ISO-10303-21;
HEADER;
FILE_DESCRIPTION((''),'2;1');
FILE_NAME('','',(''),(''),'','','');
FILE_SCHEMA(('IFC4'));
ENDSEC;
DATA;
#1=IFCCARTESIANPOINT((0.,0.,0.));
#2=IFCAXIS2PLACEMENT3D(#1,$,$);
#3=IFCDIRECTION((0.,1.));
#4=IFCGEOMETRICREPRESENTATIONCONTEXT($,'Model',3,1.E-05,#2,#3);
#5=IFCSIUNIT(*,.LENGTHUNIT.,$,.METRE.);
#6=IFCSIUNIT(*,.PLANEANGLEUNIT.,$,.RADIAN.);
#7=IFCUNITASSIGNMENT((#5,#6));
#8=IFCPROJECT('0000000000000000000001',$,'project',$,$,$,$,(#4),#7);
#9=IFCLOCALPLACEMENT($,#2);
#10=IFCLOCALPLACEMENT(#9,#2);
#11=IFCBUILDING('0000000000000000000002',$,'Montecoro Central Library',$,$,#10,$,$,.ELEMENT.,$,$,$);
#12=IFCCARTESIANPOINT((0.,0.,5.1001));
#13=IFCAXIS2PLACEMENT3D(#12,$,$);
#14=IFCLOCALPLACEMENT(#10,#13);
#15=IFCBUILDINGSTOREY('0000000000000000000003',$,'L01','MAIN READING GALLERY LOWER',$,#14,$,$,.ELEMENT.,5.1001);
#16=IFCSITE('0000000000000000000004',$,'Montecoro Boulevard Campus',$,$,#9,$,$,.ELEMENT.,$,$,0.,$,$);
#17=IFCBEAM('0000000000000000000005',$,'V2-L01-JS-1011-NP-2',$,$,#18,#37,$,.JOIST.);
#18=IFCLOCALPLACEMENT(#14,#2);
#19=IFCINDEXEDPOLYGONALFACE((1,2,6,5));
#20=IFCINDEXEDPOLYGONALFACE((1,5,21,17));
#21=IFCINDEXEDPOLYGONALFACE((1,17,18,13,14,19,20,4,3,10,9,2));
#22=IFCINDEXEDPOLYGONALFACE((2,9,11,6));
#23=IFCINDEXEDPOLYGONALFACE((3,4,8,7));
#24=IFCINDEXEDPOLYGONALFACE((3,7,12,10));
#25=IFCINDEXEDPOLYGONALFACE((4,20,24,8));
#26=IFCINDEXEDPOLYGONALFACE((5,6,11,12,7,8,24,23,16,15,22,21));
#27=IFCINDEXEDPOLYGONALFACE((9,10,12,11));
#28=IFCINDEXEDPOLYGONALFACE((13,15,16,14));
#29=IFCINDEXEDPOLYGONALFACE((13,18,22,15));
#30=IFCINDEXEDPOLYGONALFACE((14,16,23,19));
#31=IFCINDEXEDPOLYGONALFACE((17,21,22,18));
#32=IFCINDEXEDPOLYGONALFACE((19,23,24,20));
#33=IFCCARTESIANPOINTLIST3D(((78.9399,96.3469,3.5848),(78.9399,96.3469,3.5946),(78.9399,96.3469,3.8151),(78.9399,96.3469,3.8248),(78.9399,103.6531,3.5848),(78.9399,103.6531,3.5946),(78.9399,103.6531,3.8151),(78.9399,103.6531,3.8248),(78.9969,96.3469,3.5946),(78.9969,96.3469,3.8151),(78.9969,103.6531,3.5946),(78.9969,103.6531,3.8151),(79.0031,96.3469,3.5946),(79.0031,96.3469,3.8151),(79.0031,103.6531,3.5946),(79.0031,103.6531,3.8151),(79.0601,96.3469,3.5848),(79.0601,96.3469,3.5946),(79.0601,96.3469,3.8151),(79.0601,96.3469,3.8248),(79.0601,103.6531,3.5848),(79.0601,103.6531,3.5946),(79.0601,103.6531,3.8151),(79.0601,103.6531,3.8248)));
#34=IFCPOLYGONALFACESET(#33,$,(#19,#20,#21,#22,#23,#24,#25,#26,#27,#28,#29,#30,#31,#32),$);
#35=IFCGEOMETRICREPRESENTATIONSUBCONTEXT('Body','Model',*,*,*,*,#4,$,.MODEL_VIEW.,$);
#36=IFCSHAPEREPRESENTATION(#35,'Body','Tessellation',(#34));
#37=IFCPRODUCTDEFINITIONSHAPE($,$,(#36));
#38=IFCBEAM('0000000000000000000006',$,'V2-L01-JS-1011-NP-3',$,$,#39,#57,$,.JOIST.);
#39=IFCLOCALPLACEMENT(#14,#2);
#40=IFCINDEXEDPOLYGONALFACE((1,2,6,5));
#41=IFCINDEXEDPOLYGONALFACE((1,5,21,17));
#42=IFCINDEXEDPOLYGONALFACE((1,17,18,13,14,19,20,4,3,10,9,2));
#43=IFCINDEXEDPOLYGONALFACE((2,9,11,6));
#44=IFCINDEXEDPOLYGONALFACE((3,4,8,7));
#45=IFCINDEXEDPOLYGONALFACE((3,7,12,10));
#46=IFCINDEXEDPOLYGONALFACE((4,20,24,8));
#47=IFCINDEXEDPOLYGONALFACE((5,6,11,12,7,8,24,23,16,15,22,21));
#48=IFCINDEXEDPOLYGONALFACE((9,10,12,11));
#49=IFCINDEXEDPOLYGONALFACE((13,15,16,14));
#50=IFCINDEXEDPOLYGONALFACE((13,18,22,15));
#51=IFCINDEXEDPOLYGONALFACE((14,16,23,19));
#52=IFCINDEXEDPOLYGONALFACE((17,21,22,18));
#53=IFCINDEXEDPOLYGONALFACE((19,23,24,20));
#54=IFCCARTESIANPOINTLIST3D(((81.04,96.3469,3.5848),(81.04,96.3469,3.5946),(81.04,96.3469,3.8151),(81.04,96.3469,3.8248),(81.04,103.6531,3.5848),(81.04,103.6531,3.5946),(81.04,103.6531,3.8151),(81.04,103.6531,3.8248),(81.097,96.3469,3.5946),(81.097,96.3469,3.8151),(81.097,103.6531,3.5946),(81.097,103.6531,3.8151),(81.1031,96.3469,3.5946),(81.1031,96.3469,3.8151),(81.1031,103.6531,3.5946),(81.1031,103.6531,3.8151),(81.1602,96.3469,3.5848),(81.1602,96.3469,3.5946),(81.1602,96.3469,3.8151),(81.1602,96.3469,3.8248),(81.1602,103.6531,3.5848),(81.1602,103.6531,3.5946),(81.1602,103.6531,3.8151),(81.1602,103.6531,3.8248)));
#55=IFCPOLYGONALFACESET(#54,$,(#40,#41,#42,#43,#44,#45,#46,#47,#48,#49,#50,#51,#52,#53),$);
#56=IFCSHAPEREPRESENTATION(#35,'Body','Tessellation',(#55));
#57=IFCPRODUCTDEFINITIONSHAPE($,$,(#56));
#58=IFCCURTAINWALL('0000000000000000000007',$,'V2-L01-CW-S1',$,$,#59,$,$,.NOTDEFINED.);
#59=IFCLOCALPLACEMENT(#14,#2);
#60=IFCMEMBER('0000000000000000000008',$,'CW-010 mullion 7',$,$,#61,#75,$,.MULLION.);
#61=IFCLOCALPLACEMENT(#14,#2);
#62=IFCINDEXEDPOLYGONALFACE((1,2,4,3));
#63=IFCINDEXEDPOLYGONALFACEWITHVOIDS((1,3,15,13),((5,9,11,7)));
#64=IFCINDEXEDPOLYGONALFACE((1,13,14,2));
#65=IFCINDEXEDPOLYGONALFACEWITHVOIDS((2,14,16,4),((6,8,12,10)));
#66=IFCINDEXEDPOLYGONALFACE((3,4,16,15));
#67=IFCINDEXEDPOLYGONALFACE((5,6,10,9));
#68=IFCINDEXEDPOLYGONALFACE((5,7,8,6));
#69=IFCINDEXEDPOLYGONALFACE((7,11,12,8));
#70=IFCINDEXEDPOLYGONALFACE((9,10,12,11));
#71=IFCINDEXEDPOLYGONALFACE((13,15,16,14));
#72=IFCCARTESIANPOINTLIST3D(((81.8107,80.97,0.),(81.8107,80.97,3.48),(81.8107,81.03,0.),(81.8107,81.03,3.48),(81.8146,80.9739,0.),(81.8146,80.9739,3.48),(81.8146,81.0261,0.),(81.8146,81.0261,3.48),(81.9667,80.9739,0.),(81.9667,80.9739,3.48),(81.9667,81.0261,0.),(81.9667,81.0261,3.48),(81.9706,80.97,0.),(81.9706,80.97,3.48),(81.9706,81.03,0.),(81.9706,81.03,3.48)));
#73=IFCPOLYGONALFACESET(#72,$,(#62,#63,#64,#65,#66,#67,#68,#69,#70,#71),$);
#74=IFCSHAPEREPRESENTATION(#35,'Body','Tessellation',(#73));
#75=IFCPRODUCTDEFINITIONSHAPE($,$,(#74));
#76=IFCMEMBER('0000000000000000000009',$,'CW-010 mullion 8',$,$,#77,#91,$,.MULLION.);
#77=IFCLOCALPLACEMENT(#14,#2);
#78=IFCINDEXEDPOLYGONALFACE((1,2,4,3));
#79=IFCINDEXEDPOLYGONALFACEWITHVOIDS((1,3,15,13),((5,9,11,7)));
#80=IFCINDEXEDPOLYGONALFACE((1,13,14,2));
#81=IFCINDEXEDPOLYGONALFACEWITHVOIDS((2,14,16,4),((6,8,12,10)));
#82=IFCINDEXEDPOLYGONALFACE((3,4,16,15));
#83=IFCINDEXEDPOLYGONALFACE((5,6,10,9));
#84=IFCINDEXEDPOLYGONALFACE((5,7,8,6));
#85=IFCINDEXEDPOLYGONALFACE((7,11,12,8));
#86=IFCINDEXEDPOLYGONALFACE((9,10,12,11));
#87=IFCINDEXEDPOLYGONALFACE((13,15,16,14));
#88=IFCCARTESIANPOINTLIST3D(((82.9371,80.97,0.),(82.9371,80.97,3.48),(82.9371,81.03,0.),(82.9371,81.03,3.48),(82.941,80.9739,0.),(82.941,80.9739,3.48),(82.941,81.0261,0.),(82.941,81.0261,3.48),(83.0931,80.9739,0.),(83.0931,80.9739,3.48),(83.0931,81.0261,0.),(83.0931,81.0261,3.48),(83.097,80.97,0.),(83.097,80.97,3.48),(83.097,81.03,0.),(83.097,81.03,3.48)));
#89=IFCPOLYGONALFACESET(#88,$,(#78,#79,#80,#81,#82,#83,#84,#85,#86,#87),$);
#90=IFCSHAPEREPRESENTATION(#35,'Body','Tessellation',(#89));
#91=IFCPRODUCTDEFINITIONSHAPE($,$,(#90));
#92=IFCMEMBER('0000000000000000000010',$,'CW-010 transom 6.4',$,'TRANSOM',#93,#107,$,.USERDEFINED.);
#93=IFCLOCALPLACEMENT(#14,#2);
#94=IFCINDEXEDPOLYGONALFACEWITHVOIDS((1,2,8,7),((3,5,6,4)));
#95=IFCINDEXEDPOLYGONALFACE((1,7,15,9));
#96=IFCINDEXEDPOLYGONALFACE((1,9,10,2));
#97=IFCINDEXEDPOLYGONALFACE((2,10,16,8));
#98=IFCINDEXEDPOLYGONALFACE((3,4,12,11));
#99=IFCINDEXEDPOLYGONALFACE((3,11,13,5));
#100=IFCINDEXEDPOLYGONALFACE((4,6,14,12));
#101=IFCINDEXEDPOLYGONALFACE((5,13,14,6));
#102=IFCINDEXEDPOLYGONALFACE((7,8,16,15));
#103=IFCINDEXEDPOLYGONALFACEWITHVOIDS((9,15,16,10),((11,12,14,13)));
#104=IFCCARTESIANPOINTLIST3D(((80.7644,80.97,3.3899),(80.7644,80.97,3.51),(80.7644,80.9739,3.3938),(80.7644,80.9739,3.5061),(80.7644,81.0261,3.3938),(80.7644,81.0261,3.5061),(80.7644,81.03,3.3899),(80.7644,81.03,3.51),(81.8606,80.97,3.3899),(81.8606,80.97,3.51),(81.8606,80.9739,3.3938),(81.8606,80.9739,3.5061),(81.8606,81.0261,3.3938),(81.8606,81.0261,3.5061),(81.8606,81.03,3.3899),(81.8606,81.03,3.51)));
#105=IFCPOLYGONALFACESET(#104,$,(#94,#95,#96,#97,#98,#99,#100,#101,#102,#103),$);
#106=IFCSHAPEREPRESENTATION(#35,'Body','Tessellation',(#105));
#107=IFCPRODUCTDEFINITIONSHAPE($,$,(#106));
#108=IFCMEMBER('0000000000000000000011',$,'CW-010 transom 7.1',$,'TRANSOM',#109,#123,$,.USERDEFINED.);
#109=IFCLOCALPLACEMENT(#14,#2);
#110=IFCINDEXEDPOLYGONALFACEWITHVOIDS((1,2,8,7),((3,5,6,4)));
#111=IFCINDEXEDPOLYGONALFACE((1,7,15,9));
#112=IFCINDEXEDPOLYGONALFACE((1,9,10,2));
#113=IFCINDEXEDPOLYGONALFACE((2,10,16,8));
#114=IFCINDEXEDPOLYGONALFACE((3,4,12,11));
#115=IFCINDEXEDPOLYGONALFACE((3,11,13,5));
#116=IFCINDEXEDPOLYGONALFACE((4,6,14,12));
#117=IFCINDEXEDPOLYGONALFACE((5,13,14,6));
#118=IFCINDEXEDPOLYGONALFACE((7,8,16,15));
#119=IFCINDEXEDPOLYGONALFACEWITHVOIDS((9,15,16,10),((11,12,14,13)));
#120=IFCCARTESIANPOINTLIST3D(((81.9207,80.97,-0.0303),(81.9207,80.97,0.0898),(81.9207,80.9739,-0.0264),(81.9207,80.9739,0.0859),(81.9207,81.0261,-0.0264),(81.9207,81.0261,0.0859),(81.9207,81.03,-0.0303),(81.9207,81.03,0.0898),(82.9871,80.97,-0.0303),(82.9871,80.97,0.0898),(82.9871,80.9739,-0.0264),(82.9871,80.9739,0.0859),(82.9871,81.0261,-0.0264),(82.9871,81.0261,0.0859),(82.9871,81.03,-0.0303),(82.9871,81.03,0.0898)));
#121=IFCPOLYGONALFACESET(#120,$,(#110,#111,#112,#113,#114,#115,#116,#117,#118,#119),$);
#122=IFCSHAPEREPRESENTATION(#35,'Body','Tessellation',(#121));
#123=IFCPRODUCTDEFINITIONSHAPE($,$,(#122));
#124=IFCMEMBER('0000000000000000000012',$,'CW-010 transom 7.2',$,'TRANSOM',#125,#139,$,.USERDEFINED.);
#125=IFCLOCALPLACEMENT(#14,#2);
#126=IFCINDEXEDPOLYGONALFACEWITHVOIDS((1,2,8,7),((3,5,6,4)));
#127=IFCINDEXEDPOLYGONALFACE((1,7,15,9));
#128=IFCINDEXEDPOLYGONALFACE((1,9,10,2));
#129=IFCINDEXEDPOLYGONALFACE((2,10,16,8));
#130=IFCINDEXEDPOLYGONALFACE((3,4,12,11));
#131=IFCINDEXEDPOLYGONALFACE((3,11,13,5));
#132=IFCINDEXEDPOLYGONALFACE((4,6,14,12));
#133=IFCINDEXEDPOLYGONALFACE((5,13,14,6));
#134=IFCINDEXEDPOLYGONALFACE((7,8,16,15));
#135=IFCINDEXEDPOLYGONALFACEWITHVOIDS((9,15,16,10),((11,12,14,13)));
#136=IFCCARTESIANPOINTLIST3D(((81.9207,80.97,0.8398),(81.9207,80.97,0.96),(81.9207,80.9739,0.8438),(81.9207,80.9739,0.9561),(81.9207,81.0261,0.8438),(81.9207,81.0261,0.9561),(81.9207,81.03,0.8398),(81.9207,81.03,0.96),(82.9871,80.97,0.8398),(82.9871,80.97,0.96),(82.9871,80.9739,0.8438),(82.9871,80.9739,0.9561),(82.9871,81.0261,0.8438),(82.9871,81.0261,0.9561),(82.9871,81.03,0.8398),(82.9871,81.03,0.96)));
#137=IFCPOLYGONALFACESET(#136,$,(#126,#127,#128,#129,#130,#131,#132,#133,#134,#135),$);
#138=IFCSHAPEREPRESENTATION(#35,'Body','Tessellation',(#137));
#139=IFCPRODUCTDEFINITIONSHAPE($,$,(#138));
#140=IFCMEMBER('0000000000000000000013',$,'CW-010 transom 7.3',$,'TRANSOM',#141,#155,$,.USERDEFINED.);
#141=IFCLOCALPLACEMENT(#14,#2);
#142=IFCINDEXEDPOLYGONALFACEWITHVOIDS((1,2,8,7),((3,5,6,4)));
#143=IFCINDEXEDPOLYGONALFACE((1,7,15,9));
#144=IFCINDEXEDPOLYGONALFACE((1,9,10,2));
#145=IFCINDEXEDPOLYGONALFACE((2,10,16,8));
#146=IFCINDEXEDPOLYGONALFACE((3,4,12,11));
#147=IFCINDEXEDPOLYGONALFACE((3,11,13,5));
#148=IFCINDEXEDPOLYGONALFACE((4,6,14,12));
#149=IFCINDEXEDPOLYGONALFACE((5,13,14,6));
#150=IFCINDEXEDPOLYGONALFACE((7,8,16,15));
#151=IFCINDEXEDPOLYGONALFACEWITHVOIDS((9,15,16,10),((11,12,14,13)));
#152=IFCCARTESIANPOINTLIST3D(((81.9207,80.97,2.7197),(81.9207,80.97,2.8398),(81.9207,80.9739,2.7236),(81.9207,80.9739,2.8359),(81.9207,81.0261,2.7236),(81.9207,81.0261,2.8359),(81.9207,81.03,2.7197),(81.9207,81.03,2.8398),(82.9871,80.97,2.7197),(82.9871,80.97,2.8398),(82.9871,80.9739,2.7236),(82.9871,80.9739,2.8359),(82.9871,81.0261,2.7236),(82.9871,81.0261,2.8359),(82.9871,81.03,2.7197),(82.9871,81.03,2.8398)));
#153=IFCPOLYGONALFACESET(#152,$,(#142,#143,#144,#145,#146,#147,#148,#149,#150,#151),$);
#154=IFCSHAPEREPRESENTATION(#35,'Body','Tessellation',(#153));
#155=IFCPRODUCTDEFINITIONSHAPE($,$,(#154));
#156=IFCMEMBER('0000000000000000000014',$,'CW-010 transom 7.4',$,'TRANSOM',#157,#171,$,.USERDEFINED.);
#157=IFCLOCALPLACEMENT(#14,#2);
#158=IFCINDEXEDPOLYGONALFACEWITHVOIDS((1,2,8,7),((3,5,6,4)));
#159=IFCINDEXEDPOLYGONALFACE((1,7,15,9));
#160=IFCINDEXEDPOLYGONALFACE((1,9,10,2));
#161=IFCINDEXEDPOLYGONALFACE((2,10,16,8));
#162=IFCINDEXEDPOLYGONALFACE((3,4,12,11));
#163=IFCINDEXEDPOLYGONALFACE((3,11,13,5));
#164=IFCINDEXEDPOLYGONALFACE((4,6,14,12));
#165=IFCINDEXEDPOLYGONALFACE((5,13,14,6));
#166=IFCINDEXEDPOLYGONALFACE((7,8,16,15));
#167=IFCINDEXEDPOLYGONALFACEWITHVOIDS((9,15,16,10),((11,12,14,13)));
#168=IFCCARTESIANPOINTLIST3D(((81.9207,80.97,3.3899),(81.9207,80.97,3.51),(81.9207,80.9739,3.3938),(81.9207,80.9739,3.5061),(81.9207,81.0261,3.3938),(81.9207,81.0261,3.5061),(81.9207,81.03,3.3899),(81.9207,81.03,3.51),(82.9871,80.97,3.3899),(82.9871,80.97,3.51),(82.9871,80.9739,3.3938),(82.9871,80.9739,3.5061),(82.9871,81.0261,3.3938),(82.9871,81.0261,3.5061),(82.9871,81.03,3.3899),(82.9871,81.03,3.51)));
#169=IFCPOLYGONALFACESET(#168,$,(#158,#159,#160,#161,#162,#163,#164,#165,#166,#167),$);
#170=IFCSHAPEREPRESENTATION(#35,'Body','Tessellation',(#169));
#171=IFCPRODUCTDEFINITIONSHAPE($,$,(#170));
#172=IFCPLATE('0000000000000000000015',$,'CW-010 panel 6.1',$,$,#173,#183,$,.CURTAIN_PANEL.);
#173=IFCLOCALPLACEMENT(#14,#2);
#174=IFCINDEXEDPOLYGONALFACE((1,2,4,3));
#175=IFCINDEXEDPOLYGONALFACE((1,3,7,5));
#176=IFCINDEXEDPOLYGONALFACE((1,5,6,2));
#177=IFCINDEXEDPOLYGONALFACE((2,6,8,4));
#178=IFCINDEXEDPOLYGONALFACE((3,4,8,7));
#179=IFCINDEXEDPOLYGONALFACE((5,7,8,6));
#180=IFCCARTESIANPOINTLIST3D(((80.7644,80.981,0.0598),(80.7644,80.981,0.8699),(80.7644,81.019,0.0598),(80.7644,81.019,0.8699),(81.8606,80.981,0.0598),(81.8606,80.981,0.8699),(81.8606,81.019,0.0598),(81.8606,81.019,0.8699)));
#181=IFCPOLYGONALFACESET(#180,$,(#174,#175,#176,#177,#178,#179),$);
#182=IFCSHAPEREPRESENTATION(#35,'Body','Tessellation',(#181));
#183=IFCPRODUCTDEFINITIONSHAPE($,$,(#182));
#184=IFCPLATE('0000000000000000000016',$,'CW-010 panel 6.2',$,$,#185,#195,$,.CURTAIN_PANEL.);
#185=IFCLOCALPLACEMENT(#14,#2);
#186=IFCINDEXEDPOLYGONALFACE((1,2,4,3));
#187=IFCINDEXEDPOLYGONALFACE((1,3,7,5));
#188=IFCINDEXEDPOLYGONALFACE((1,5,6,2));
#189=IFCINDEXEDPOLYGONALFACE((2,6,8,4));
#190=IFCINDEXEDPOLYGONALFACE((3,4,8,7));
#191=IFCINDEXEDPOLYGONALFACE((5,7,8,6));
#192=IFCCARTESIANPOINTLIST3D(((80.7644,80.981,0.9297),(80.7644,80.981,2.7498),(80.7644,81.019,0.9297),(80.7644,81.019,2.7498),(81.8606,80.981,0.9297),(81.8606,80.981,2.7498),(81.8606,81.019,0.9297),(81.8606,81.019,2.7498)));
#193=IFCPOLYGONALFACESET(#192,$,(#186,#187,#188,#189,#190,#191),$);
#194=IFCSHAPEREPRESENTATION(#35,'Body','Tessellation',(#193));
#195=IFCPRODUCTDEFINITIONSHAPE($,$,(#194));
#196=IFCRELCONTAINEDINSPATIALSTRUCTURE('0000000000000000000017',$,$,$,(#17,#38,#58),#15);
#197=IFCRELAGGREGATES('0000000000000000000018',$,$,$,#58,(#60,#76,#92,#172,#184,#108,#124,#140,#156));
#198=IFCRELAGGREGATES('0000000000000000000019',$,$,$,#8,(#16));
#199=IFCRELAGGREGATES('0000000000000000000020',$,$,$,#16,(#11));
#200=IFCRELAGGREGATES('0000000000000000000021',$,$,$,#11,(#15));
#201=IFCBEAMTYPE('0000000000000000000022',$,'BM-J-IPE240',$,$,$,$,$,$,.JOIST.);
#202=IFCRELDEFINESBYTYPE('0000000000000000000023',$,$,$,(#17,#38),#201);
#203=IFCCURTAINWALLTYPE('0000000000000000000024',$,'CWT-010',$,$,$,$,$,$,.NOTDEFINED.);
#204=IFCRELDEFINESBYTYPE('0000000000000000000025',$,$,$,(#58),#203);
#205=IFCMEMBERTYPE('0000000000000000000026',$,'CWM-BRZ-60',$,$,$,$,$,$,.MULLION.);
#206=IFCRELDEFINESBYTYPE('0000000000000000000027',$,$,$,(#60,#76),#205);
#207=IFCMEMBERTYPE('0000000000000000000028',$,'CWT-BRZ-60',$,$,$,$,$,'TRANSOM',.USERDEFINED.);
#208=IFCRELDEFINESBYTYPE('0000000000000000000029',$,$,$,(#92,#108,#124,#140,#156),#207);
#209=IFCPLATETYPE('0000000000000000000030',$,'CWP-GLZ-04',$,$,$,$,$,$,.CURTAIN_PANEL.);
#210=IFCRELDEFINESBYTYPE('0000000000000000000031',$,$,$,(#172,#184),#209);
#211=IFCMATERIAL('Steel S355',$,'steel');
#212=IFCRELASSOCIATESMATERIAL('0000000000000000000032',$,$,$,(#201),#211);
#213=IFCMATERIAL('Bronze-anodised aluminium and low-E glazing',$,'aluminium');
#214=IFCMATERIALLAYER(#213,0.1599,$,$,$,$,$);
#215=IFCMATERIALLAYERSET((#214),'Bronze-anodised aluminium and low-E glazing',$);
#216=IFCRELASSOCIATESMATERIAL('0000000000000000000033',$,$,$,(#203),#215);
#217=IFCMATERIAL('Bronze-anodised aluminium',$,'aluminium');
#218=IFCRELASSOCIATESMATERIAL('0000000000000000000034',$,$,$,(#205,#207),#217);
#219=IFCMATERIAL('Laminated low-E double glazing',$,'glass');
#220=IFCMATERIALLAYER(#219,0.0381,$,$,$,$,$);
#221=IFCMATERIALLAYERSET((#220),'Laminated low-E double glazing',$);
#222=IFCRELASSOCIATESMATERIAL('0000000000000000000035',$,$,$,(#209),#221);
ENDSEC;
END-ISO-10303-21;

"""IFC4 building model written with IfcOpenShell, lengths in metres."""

from ifc_helpers import new_model, si_unit, direction, frame, origin, origin_2d, place, context, subcontext, project, spatial, rectangle, hollow_rectangle, i_section, extrude, material, layer, layer_set, material_profile, profile_set, type_object, element, aggregate, save


model = new_model("IFC4")

# Units and contexts
model_context = context("Model", 3, precision=1e-05, world=origin(), true_north=direction((0.0, 1.0)))
body_context = subcontext(model_context, "Body", "Model", "MODEL_VIEW")
ifc_project = project(units=[si_unit("LENGTHUNIT", "METRE"), si_unit("PLANEANGLEUNIT", "RADIAN")], contexts=[model_context])

# Site, building, storey
site_placement = place(None, origin())
site = spatial("IfcSite", under=ifc_project, at=site_placement, Name="Montecoro Boulevard Campus", CompositionType="ELEMENT", RefElevation=0.0)
building_placement = place(site_placement, origin())
building = spatial("IfcBuilding", under=site, at=building_placement, Name="Montecoro Central Library", CompositionType="ELEMENT")
storey_placement = place(building_placement, frame((0.0, 0.0, 5.1001)))
storey = spatial("IfcBuildingStorey", under=building, at=storey_placement, Name="L01", Description="MAIN READING GALLERY LOWER", CompositionType="ELEMENT", Elevation=5.1001)

# Shared definitions
ifc_material_1 = material(Name="Steel S355", Category="steel")

# Beams
ifc_material_profile_1 = material_profile(ifc_material_1, i_section(OverallWidth=0.1201, OverallDepth=0.24, WebThickness=0.0061, FlangeThickness=0.0098, at=origin_2d()), Name="IPE 240")
ifc_profile_set_1 = profile_set([ifc_material_profile_1], Name="Steel S355")
beam_type_1 = type_object("IfcBeamType", Name="BM-J-IPE240", PredefinedType="JOIST", material=ifc_profile_set_1)
for number, where, z_axis, x_axis, name in (
    (1, (79.0, 96.3469, 3.7048), (0.0, 1.0, 0.0), (-1.0, 0.0, 0.0), "V2-L01-JS-1011-NP-2"),
    (2, (81.1001, 96.3469, 3.7048), (0.0, 1.0, 0.0), (-1.0, 0.0, 0.0), "V2-L01-JS-1011-NP-3"),
):
    element("IfcBeam", number, at=place(storey_placement, frame(where, z_axis=z_axis, x_axis=x_axis)), inside=storey, type_object=beam_type_1, Name=name, PredefinedType="JOIST", context=body_context, shape_type="SweptSolid", body=[
        extrude(i_section(OverallWidth=0.1201, OverallDepth=0.24, WebThickness=0.0061, FlangeThickness=0.0098, at=origin_2d()), origin(), (0.0, 0.0, 1.0), 7.3062),
    ])

# Curtain wall, members, plates
ifc_material_2 = material(Name="Bronze-anodised aluminium and low-E glazing", Category="aluminium")
ifc_layer_1 = layer(ifc_material_2, 0.1599)
ifc_layer_set_1 = layer_set([ifc_layer_1], Name="Bronze-anodised aluminium and low-E glazing")
curtain_wall_type = type_object("IfcCurtainWallType", Name="CWT-010", PredefinedType="NOTDEFINED", material=ifc_layer_set_1)
curtain_wall_placement = place(storey_placement, origin())
curtain_wall = element("IfcCurtainWall", 3, at=curtain_wall_placement, inside=storey, type_object=curtain_wall_type, Name="V2-L01-CW-S1", PredefinedType="NOTDEFINED")
ifc_material_3 = material(Name="Bronze-anodised aluminium", Category="aluminium")
ifc_material_profile_2 = material_profile(ifc_material_3, hollow_rectangle(XDim=0.0601, YDim=0.1599, WallThickness=0.0039, at=origin_2d()), Name="CWM 160x60x4.0")
ifc_profile_set_2 = profile_set([ifc_material_profile_2], Name="Bronze-anodised aluminium")
member_type_1 = type_object("IfcMemberType", Name="CWM-BRZ-60", PredefinedType="MULLION", material=ifc_profile_set_2)
member_1_placement = place(storey_placement, frame((81.8906, 81.0, 0.0), z_axis=(0.0, 0.0, 1.0), x_axis=(0.0, 1.0, 0.0)))
member_1 = element("IfcMember", 4, at=member_1_placement, type_object=member_type_1, Name="CW-010 mullion 7", PredefinedType="MULLION", context=body_context, shape_type="SweptSolid", body=[
    extrude(hollow_rectangle(XDim=0.0601, YDim=0.1599, WallThickness=0.0039, at=origin_2d()), origin(), (0.0, 0.0, 1.0), 3.48),
])
member_2_placement = place(storey_placement, frame((83.0171, 81.0, 0.0), z_axis=(0.0, 0.0, 1.0), x_axis=(0.0, 1.0, 0.0)))
member_2 = element("IfcMember", 5, at=member_2_placement, type_object=member_type_1, Name="CW-010 mullion 8", PredefinedType="MULLION", context=body_context, shape_type="SweptSolid", body=[
    extrude(hollow_rectangle(XDim=0.0601, YDim=0.1599, WallThickness=0.0039, at=origin_2d()), origin(), (0.0, 0.0, 1.0), 3.48),
])
ifc_material_profile_3 = material_profile(ifc_material_3, hollow_rectangle(XDim=0.0601, YDim=0.1201, WallThickness=0.0039, at=origin_2d()), Name="CWT 120x60x4.0")
ifc_profile_set_3 = profile_set([ifc_material_profile_3], Name="Bronze-anodised aluminium")
member_type_2 = type_object("IfcMemberType", Name="CWT-BRZ-60", ElementType="TRANSOM", PredefinedType="USERDEFINED", material=ifc_profile_set_3)
member_3_placement = place(storey_placement, frame((80.7644, 81.0, 3.45), z_axis=(1.0, 0.0, 0.0), x_axis=(0.0, 1.0, 0.0)))
member_3 = element("IfcMember", 6, at=member_3_placement, type_object=member_type_2, Name="CW-010 transom 6.4", ObjectType="TRANSOM", PredefinedType="USERDEFINED", context=body_context, shape_type="SweptSolid", body=[
    extrude(hollow_rectangle(XDim=0.0601, YDim=0.1201, WallThickness=0.0039, at=origin_2d()), origin(), (0.0, 0.0, 1.0), 1.0962),
])
member_4_placement = place(storey_placement, frame((81.9207, 81.0, 0.0298), z_axis=(1.0, 0.0, 0.0), x_axis=(0.0, 1.0, 0.0)))
member_4 = element("IfcMember", 7, at=member_4_placement, type_object=member_type_2, Name="CW-010 transom 7.1", ObjectType="TRANSOM", PredefinedType="USERDEFINED", context=body_context, shape_type="SweptSolid", body=[
    extrude(hollow_rectangle(XDim=0.0601, YDim=0.1201, WallThickness=0.0039, at=origin_2d()), origin(), (0.0, 0.0, 1.0), 1.0664),
])
member_5_placement = place(storey_placement, frame((81.9207, 81.0, 0.8999), z_axis=(1.0, 0.0, 0.0), x_axis=(0.0, 1.0, 0.0)))
member_5 = element("IfcMember", 8, at=member_5_placement, type_object=member_type_2, Name="CW-010 transom 7.2", ObjectType="TRANSOM", PredefinedType="USERDEFINED", context=body_context, shape_type="SweptSolid", body=[
    extrude(hollow_rectangle(XDim=0.0601, YDim=0.1201, WallThickness=0.0039, at=origin_2d()), origin(), (0.0, 0.0, 1.0), 1.0664),
])
member_6_placement = place(storey_placement, frame((81.9207, 81.0, 2.7798), z_axis=(1.0, 0.0, 0.0), x_axis=(0.0, 1.0, 0.0)))
member_6 = element("IfcMember", 9, at=member_6_placement, type_object=member_type_2, Name="CW-010 transom 7.3", ObjectType="TRANSOM", PredefinedType="USERDEFINED", context=body_context, shape_type="SweptSolid", body=[
    extrude(hollow_rectangle(XDim=0.0601, YDim=0.1201, WallThickness=0.0039, at=origin_2d()), origin(), (0.0, 0.0, 1.0), 1.0664),
])
member_7_placement = place(storey_placement, frame((81.9207, 81.0, 3.45), z_axis=(1.0, 0.0, 0.0), x_axis=(0.0, 1.0, 0.0)))
member_7 = element("IfcMember", 10, at=member_7_placement, type_object=member_type_2, Name="CW-010 transom 7.4", ObjectType="TRANSOM", PredefinedType="USERDEFINED", context=body_context, shape_type="SweptSolid", body=[
    extrude(hollow_rectangle(XDim=0.0601, YDim=0.1201, WallThickness=0.0039, at=origin_2d()), origin(), (0.0, 0.0, 1.0), 1.0664),
])
ifc_material_4 = material(Name="Laminated low-E double glazing", Category="glass")
ifc_layer_2 = layer(ifc_material_4, 0.0381)
ifc_layer_set_2 = layer_set([ifc_layer_2], Name="Laminated low-E double glazing")
plate_type = type_object("IfcPlateType", Name="CWP-GLZ-04", PredefinedType="CURTAIN_PANEL", material=ifc_layer_set_2)
plate_1_placement = place(storey_placement, frame((81.3125, 81.0, 0.0598), z_axis=(0.0, 0.0, 1.0), x_axis=(1.0, 0.0, 0.0)))
plate_1 = element("IfcPlate", 11, at=plate_1_placement, type_object=plate_type, Name="CW-010 panel 6.1", PredefinedType="CURTAIN_PANEL", context=body_context, shape_type="SweptSolid", body=[
    extrude(rectangle(XDim=1.0962, YDim=0.0381, at=origin_2d()), origin(), (0.0, 0.0, 1.0), 0.8101),
])
plate_2_placement = place(storey_placement, frame((81.3125, 81.0, 0.9297), z_axis=(0.0, 0.0, 1.0), x_axis=(1.0, 0.0, 0.0)))
plate_2 = element("IfcPlate", 12, at=plate_2_placement, type_object=plate_type, Name="CW-010 panel 6.2", PredefinedType="CURTAIN_PANEL", context=body_context, shape_type="SweptSolid", body=[
    extrude(rectangle(XDim=1.0962, YDim=0.0381, at=origin_2d()), origin(), (0.0, 0.0, 1.0), 1.8201),
])
aggregate(curtain_wall, [member_1, member_2, member_3, plate_1, plate_2, member_4, member_5, member_6, member_7])

save(model, "model.ifc")
